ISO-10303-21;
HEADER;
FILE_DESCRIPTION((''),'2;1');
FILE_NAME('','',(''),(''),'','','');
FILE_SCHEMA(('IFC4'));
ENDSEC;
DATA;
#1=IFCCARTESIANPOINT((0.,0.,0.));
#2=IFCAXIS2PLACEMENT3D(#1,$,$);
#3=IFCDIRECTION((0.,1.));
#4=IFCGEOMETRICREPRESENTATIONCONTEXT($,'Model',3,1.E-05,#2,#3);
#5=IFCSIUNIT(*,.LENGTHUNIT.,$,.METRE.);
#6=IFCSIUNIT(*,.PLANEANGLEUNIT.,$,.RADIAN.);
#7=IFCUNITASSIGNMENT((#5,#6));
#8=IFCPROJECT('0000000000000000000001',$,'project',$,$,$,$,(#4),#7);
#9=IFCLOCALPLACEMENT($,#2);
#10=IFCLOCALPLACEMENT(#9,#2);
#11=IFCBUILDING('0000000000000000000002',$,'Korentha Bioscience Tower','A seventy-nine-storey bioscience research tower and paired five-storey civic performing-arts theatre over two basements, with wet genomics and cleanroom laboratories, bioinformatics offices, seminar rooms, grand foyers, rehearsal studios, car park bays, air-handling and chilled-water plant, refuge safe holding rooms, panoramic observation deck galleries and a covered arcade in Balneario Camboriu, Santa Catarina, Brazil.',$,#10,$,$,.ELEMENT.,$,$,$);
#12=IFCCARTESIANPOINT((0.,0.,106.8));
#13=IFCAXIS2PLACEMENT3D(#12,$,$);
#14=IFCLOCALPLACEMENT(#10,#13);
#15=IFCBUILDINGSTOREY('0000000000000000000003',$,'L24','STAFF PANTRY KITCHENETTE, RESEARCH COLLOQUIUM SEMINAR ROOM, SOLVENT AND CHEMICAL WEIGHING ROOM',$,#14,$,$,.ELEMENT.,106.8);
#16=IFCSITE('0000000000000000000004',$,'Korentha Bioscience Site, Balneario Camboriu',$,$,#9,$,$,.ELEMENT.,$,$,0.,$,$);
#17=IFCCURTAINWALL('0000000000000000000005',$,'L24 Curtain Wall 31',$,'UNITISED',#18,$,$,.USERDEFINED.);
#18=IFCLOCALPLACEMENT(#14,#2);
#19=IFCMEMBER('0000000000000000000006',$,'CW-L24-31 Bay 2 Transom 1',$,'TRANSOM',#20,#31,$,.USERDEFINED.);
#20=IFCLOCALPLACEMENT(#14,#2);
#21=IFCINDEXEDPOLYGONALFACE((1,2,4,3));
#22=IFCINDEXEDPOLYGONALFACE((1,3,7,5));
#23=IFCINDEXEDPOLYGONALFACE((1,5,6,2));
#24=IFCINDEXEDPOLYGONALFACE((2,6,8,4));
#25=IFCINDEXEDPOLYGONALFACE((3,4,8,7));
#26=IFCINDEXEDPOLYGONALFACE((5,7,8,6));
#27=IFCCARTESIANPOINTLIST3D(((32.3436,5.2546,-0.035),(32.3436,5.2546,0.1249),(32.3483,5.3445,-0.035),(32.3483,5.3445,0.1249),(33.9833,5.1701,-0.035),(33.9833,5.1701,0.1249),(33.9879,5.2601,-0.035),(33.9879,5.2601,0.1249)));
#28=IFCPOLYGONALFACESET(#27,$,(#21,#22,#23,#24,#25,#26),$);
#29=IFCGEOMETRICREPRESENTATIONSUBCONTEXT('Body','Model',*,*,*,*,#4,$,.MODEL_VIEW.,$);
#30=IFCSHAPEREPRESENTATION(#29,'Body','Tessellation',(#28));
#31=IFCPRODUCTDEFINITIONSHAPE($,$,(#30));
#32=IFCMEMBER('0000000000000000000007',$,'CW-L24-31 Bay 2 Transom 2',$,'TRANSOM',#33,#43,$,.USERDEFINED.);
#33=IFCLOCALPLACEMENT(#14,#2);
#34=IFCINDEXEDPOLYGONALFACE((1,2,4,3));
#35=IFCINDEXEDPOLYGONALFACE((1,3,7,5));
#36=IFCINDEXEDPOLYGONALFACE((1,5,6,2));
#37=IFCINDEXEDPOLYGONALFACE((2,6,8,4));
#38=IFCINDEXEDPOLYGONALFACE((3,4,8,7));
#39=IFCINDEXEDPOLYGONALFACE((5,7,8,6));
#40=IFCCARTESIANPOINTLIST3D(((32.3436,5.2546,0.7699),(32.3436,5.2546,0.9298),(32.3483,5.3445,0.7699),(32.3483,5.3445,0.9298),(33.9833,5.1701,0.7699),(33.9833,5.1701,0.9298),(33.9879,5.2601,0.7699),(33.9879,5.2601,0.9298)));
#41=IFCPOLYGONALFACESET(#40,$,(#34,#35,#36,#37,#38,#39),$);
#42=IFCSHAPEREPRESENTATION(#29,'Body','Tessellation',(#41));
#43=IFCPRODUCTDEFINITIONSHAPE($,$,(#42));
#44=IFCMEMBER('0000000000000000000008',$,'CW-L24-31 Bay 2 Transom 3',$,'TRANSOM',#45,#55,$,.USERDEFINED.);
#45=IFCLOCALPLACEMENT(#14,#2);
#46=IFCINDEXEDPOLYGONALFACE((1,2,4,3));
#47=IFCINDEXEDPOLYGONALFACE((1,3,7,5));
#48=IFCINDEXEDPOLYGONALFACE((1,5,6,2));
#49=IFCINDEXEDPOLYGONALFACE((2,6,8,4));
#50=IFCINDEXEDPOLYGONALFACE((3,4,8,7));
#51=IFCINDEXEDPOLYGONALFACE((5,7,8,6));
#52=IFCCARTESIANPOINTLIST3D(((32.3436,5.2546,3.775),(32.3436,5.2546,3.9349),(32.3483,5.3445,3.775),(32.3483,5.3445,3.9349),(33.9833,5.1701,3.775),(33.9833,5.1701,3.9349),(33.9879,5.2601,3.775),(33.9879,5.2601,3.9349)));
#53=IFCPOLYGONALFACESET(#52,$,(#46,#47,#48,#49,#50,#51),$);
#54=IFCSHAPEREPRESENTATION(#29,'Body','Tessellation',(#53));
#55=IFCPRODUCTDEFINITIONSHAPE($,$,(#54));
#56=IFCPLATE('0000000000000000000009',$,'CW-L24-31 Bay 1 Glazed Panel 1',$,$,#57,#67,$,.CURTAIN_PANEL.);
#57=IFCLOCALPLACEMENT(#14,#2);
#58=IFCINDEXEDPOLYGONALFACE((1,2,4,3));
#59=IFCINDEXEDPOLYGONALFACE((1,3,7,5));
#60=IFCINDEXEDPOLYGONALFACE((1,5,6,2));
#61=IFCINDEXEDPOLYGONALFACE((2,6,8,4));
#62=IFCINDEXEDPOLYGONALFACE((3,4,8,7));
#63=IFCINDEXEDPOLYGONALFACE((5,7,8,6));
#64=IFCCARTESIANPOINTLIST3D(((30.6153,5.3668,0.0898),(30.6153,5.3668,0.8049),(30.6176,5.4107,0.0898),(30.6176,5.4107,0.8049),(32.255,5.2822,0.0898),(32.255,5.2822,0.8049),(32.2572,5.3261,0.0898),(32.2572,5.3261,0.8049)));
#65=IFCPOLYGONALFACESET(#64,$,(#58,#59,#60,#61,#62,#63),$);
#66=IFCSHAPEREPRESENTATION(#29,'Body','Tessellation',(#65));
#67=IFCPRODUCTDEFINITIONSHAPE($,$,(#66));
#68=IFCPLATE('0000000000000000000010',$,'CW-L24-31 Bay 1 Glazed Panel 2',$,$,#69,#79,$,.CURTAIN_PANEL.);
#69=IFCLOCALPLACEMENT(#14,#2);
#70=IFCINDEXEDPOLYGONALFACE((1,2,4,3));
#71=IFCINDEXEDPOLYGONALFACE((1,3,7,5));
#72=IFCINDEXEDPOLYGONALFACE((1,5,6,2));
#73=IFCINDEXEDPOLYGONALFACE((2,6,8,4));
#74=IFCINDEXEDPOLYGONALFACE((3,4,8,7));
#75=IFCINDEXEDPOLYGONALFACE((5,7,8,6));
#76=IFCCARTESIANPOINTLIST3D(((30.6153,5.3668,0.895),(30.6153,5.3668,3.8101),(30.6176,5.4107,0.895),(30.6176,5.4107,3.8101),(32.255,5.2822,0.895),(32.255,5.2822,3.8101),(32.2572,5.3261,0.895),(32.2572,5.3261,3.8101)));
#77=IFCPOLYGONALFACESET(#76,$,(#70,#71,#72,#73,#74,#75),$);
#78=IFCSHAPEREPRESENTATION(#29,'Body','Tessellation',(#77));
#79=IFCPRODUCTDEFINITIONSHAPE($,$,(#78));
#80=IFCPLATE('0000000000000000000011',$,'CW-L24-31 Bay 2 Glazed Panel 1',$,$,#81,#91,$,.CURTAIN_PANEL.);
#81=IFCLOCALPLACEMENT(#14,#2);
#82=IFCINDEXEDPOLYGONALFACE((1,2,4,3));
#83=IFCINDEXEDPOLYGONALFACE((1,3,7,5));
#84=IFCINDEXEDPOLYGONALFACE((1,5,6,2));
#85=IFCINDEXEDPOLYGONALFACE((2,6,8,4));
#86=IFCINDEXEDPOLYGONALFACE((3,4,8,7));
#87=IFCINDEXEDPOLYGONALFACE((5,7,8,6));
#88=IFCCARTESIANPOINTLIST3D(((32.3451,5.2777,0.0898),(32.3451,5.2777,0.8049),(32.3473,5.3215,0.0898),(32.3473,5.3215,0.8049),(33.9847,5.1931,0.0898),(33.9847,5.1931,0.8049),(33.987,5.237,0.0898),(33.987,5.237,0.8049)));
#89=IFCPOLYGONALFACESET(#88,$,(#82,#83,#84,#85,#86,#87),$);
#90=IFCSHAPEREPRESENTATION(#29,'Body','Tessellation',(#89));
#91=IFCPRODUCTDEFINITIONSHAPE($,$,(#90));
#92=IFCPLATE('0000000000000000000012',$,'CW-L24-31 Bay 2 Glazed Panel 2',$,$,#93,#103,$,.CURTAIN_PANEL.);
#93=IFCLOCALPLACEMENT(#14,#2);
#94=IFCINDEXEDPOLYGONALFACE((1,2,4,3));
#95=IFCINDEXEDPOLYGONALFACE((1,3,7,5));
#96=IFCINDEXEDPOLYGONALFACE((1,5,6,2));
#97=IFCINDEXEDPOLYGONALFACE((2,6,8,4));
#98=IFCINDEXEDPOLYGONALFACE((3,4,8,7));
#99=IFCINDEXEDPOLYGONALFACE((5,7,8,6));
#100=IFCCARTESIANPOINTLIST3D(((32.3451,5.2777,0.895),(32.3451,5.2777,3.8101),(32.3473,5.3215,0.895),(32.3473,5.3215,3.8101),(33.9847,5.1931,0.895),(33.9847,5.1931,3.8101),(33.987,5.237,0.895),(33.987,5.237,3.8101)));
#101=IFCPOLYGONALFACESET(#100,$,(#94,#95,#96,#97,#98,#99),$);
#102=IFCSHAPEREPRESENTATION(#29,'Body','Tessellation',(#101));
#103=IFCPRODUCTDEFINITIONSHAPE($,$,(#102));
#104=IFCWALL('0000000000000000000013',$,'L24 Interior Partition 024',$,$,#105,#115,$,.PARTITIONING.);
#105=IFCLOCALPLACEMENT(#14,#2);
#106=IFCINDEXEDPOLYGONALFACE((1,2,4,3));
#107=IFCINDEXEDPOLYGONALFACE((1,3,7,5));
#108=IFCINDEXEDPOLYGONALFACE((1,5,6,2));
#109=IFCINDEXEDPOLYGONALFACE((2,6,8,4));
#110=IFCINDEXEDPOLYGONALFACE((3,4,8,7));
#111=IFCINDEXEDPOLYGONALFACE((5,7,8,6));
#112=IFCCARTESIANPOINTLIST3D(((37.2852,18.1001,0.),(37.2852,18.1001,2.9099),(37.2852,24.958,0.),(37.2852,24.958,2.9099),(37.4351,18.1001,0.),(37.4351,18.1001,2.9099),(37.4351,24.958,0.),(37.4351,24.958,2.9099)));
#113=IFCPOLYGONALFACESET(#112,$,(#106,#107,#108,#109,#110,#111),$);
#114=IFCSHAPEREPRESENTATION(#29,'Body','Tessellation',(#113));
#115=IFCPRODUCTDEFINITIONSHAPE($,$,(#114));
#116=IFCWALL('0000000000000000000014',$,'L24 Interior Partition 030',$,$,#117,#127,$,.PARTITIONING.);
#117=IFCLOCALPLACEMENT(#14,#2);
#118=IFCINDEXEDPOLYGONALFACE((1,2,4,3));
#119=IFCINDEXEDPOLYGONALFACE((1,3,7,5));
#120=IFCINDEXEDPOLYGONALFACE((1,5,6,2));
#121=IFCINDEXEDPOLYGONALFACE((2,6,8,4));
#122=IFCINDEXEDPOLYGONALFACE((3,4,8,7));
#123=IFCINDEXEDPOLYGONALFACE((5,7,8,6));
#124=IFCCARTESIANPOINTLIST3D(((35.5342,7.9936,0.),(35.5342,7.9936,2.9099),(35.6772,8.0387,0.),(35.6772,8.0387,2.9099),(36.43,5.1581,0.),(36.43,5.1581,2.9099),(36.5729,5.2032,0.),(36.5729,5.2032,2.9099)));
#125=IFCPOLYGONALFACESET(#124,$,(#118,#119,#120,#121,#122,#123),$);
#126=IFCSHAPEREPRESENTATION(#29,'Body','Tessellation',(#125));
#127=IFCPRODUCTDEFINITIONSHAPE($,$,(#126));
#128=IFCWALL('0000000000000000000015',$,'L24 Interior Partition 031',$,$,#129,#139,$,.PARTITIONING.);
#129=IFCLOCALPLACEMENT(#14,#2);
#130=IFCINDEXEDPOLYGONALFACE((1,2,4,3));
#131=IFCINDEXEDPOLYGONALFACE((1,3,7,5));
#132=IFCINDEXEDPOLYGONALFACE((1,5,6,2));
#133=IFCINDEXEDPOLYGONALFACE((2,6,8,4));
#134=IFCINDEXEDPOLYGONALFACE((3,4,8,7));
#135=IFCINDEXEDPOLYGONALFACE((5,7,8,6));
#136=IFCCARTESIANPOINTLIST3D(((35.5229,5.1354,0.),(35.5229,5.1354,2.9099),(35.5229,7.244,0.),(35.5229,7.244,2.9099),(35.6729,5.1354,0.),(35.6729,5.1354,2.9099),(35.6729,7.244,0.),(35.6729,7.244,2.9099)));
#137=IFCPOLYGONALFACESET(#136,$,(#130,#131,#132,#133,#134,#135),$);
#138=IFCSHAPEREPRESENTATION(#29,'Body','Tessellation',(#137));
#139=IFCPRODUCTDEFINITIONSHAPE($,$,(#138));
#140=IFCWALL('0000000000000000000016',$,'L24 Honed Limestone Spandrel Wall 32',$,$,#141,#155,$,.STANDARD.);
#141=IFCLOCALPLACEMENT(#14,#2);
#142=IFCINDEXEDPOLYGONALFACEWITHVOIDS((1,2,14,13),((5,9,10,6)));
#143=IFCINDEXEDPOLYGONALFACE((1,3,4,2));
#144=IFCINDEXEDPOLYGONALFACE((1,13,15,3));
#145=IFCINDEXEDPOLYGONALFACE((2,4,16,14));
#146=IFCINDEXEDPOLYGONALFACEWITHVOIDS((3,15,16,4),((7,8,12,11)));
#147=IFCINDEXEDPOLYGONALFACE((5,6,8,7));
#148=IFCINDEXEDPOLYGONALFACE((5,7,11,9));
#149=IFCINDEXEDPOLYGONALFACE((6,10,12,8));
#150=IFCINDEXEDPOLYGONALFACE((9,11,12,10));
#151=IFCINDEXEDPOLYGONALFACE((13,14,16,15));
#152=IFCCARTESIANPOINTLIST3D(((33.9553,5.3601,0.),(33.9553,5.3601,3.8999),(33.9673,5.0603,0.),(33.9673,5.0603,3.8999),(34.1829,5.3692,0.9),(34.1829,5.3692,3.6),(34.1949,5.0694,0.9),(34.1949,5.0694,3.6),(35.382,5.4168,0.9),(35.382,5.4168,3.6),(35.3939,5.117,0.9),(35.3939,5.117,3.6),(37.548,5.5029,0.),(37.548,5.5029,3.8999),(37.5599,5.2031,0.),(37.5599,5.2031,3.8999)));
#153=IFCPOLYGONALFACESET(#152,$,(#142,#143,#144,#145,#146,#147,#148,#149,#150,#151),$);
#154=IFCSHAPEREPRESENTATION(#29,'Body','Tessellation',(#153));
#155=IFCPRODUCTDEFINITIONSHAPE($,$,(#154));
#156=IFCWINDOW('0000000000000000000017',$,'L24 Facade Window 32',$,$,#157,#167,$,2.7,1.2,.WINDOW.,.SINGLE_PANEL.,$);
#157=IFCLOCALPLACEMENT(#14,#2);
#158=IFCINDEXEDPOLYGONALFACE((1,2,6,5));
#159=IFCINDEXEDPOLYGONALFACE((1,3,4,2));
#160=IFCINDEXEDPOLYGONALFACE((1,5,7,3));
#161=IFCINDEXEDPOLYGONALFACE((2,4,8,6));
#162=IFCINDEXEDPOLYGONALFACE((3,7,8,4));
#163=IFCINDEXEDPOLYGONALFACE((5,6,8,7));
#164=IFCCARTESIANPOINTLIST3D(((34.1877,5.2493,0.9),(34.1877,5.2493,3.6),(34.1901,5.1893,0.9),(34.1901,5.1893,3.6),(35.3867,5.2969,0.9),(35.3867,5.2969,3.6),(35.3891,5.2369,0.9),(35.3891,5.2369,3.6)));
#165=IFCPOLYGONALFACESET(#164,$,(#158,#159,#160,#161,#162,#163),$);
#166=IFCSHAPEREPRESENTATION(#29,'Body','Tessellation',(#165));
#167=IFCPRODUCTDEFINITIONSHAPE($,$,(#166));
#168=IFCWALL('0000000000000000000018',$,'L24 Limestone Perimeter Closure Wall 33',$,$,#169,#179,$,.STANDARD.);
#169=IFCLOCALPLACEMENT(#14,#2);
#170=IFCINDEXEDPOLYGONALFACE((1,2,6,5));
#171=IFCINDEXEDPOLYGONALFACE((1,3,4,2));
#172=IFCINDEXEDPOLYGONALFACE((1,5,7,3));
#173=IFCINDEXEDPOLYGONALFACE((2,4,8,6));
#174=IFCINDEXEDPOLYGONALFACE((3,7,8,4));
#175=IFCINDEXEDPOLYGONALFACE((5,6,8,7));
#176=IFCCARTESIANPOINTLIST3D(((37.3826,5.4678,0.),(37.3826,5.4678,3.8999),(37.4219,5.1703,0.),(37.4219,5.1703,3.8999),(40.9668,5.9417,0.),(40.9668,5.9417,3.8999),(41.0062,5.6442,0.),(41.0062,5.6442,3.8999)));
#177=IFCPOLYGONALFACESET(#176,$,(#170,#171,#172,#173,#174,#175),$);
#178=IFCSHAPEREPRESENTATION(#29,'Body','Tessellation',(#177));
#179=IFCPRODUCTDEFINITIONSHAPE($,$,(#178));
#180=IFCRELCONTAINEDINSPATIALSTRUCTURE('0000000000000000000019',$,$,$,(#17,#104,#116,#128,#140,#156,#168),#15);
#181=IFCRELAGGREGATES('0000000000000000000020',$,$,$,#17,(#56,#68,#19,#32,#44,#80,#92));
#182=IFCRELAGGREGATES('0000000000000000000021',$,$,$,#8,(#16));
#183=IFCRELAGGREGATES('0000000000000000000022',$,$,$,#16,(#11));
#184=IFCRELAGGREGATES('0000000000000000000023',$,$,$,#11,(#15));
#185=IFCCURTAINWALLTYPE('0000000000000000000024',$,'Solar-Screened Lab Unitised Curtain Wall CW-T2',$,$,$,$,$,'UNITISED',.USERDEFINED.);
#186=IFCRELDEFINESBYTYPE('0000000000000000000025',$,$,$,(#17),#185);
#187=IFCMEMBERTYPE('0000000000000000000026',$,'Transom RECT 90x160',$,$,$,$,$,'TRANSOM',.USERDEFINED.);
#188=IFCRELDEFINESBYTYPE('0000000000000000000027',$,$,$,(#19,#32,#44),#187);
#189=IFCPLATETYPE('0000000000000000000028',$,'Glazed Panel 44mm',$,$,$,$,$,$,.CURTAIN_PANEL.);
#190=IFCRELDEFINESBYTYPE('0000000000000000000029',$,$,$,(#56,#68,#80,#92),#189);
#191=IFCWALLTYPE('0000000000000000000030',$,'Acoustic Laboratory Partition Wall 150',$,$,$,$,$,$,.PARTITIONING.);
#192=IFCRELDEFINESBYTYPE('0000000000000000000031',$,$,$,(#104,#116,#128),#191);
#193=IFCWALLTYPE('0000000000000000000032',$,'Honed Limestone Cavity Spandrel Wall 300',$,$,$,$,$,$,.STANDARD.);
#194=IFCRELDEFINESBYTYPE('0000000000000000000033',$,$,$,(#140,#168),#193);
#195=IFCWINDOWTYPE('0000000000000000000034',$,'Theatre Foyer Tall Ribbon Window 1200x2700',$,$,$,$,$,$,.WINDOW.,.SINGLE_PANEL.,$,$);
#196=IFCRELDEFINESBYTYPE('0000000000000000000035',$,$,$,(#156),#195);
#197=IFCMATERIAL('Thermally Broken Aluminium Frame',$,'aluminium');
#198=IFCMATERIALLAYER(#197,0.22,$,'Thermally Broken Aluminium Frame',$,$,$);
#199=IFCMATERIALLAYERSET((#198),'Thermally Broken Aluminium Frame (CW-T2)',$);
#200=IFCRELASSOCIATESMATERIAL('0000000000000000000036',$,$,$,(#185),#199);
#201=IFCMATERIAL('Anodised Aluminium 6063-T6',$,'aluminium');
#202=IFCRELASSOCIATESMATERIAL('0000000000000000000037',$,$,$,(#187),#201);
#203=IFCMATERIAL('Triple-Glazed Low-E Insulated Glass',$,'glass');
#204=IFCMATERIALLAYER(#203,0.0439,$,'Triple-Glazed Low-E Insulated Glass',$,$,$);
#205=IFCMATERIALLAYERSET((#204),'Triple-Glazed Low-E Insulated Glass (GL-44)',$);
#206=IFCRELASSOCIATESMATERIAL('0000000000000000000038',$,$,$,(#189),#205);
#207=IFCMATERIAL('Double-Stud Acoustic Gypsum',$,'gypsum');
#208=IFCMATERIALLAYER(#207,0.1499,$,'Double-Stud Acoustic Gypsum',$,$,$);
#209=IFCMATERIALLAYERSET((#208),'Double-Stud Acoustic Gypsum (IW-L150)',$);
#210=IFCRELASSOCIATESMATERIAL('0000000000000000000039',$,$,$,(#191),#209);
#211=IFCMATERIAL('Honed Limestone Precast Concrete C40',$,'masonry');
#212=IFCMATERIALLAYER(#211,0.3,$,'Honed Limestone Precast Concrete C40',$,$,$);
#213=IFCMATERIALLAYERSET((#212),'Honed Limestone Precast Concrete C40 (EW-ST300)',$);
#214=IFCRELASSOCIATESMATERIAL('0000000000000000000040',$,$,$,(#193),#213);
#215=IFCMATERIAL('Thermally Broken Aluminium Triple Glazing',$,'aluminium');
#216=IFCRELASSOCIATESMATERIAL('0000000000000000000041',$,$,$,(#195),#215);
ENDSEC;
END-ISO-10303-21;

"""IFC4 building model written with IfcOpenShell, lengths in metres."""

from ifc_helpers import new_model, si_unit, direction, frame, frame_2d, origin, origin_2d, place, context, subcontext, project, spatial, rectangle, extrude, material, layer, layer_set, material_profile, profile_set, type_object, element, fill, aggregate, save


model = new_model("IFC4")

# Units and contexts
model_context = context("Model", 3, precision=1e-05, world=origin(), true_north=direction((0.0, 1.0)))
body_context = subcontext(model_context, "Body", "Model", "MODEL_VIEW")
ifc_project = project(units=[si_unit("LENGTHUNIT", "METRE"), si_unit("PLANEANGLEUNIT", "RADIAN")], contexts=[model_context])

# Site, building, storey
site_placement = place(None, origin())
site = spatial("IfcSite", under=ifc_project, at=site_placement, Name="Korentha Bioscience Site, Balneario Camboriu", CompositionType="ELEMENT", RefElevation=0.0)
building_placement = place(site_placement, origin())
building = spatial("IfcBuilding", under=site, at=building_placement, Name="Korentha Bioscience Tower", Description="A seventy-nine-storey bioscience research tower and paired five-storey civic performing-arts theatre over two basements, with wet genomics and cleanroom laboratories, bioinformatics offices, seminar rooms, grand foyers, rehearsal studios, car park bays, air-handling and chilled-water plant, refuge safe holding rooms, panoramic observation deck galleries and a covered arcade in Balneario Camboriu, Santa Catarina, Brazil.", CompositionType="ELEMENT")
storey_placement = place(building_placement, frame((0.0, 0.0, 106.8)))
storey = spatial("IfcBuildingStorey", under=building, at=storey_placement, Name="L24", Description="STAFF PANTRY KITCHENETTE, RESEARCH COLLOQUIUM SEMINAR ROOM, SOLVENT AND CHEMICAL WEIGHING ROOM", CompositionType="ELEMENT", Elevation=106.8)

# Curtain wall
ifc_material_1 = material(Name="Thermally Broken Aluminium Frame", Category="aluminium")
ifc_layer_1 = layer(ifc_material_1, 0.22, Name="Thermally Broken Aluminium Frame")
ifc_layer_set_1 = layer_set([ifc_layer_1], Name="Thermally Broken Aluminium Frame (CW-T2)")
curtain_wall_type = type_object("IfcCurtainWallType", Name="Solar-Screened Lab Unitised Curtain Wall CW-T2", ElementType="UNITISED", PredefinedType="USERDEFINED", material=ifc_layer_set_1)
curtain_wall_placement = place(storey_placement, origin())
curtain_wall = element("IfcCurtainWall", 1, at=curtain_wall_placement, inside=storey, type_object=curtain_wall_type, Name="L24 Curtain Wall 31", ObjectType="UNITISED", PredefinedType="USERDEFINED")
ifc_material_2 = material(Name="Anodised Aluminium 6063-T6", Category="aluminium")

# Members
ifc_material_profile_1 = material_profile(ifc_material_2, rectangle(XDim=0.0901, YDim=0.1599, at=origin_2d()), Name="Anodised Aluminium 6063-T6")
ifc_profile_set_1 = profile_set([ifc_material_profile_1], Name="Anodised Aluminium 6063-T6 (CW-TRN)")
member_type_1 = type_object("IfcMemberType", Name="Transom RECT 90x160", ElementType="TRANSOM", PredefinedType="USERDEFINED", material=ifc_profile_set_1)
member_1_placement = place(storey_placement, frame((32.3459, 5.2996, 0.0449), z_axis=(0.998676, -0.051451, 0.0), x_axis=(0.051451, 0.998676, 0.0)))
member_1 = element("IfcMember", 2, at=member_1_placement, type_object=member_type_1, Name="CW-L24-31 Bay 2 Transom 1", ObjectType="TRANSOM", PredefinedType="USERDEFINED", context=body_context, shape_type="SweptSolid", body=[
    extrude(rectangle(XDim=0.0901, YDim=0.1599, at=origin_2d()), origin(), (0.0, 0.0, 1.0), 1.6418),
])
member_2_placement = place(storey_placement, frame((32.3459, 5.2996, 0.8499), z_axis=(0.998676, -0.051451, 0.0), x_axis=(0.051451, 0.998676, 0.0)))
member_2 = element("IfcMember", 3, at=member_2_placement, type_object=member_type_1, Name="CW-L24-31 Bay 2 Transom 2", ObjectType="TRANSOM", PredefinedType="USERDEFINED", context=body_context, shape_type="SweptSolid", body=[
    extrude(rectangle(XDim=0.0901, YDim=0.1599, at=origin_2d()), origin(), (0.0, 0.0, 1.0), 1.6418),
])
member_3_placement = place(storey_placement, frame((32.3459, 5.2996, 3.855), z_axis=(0.998676, -0.051451, 0.0), x_axis=(0.051451, 0.998676, 0.0)))
member_3 = element("IfcMember", 4, at=member_3_placement, type_object=member_type_1, Name="CW-L24-31 Bay 2 Transom 3", ObjectType="TRANSOM", PredefinedType="USERDEFINED", context=body_context, shape_type="SweptSolid", body=[
    extrude(rectangle(XDim=0.0901, YDim=0.1599, at=origin_2d()), origin(), (0.0, 0.0, 1.0), 1.6418),
])

# Plates
ifc_material_3 = material(Name="Triple-Glazed Low-E Insulated Glass", Category="glass")
ifc_layer_2 = layer(ifc_material_3, 0.0439, Name="Triple-Glazed Low-E Insulated Glass")
ifc_layer_set_2 = layer_set([ifc_layer_2], Name="Triple-Glazed Low-E Insulated Glass (GL-44)")
plate_type = type_object("IfcPlateType", Name="Glazed Panel 44mm", PredefinedType="CURTAIN_PANEL", material=ifc_layer_set_2)
plate_1_placement = place(storey_placement, frame((31.4363, 5.3464, 0.0898), z_axis=(0.0, 0.0, 1.0), x_axis=(0.998673, -0.051495, 0.0)))
plate_1 = element("IfcPlate", 5, at=plate_1_placement, type_object=plate_type, Name="CW-L24-31 Bay 1 Glazed Panel 1", PredefinedType="CURTAIN_PANEL", context=body_context, shape_type="SweptSolid", body=[
    extrude(rectangle(XDim=1.6418, YDim=0.0439, at=origin_2d()), origin(), (0.0, 0.0, 1.0), 0.7151),
])
plate_2_placement = place(storey_placement, frame((31.4363, 5.3464, 0.895), z_axis=(0.0, 0.0, 1.0), x_axis=(0.998673, -0.051495, 0.0)))
plate_2 = element("IfcPlate", 6, at=plate_2_placement, type_object=plate_type, Name="CW-L24-31 Bay 1 Glazed Panel 2", PredefinedType="CURTAIN_PANEL", context=body_context, shape_type="SweptSolid", body=[
    extrude(rectangle(XDim=1.6418, YDim=0.0439, at=origin_2d()), origin(), (0.0, 0.0, 1.0), 2.915),
])
plate_3_placement = place(storey_placement, frame((33.166, 5.2573, 0.0898), z_axis=(0.0, 0.0, 1.0), x_axis=(0.998673, -0.051495, 0.0)))
plate_3 = element("IfcPlate", 7, at=plate_3_placement, type_object=plate_type, Name="CW-L24-31 Bay 2 Glazed Panel 1", PredefinedType="CURTAIN_PANEL", context=body_context, shape_type="SweptSolid", body=[
    extrude(rectangle(XDim=1.6418, YDim=0.0439, at=origin_2d()), origin(), (0.0, 0.0, 1.0), 0.7151),
])
plate_4_placement = place(storey_placement, frame((33.166, 5.2573, 0.895), z_axis=(0.0, 0.0, 1.0), x_axis=(0.998673, -0.051495, 0.0)))
plate_4 = element("IfcPlate", 8, at=plate_4_placement, type_object=plate_type, Name="CW-L24-31 Bay 2 Glazed Panel 2", PredefinedType="CURTAIN_PANEL", context=body_context, shape_type="SweptSolid", body=[
    extrude(rectangle(XDim=1.6418, YDim=0.0439, at=origin_2d()), origin(), (0.0, 0.0, 1.0), 2.915),
])
aggregate(curtain_wall, [plate_1, plate_2, member_1, member_2, member_3, plate_3, plate_4])

# Walls
ifc_material_4 = material(Name="Double-Stud Acoustic Gypsum", Category="gypsum")
ifc_layer_3 = layer(ifc_material_4, 0.1499, Name="Double-Stud Acoustic Gypsum")
ifc_layer_set_3 = layer_set([ifc_layer_3], Name="Double-Stud Acoustic Gypsum (IW-L150)")
wall_type_1 = type_object("IfcWallType", Name="Acoustic Laboratory Partition Wall 150", PredefinedType="PARTITIONING", material=ifc_layer_set_3)
wall_1_placement = place(storey_placement, frame((37.3601, 18.1001, 0.0), z_axis=(0.0, 0.0, 1.0), x_axis=(0.0, 1.0, 0.0)))
element("IfcWall", 9, at=wall_1_placement, inside=storey, type_object=wall_type_1, Name="L24 Interior Partition 024", PredefinedType="PARTITIONING", context=body_context, shape_type="SweptSolid", body=[
    extrude(rectangle(XDim=6.8579, YDim=0.1499, at=frame_2d((3.429, 0.0))), origin(), (0.0, 0.0, 1.0), 2.9099),
])
wall_2_placement = place(storey_placement, frame((36.5015, 5.1807, 0.0), z_axis=(0.0, 0.0, 1.0), x_axis=(-0.301237, 0.953549, 0.0)))
element("IfcWall", 10, at=wall_2_placement, inside=storey, type_object=wall_type_1, Name="L24 Interior Partition 030", PredefinedType="PARTITIONING", context=body_context, shape_type="SweptSolid", body=[
    extrude(rectangle(XDim=2.9736, YDim=0.1499, at=frame_2d((1.4868, 0.0))), origin(), (0.0, 0.0, 1.0), 2.9099),
])
wall_3_placement = place(storey_placement, frame((35.5979, 7.2439, 0.0), z_axis=(0.0, 0.0, 1.0), x_axis=(0.0, -1.0, 0.0)))
element("IfcWall", 11, at=wall_3_placement, inside=storey, type_object=wall_type_1, Name="L24 Interior Partition 031", PredefinedType="PARTITIONING", context=body_context, shape_type="SweptSolid", body=[
    extrude(rectangle(XDim=2.1086, YDim=0.1499, at=frame_2d((1.0542, 0.0))), origin(), (0.0, 0.0, 1.0), 2.9099),
])

# Wall, opening, window
ifc_material_5 = material(Name="Honed Limestone Precast Concrete C40", Category="masonry")
ifc_layer_4 = layer(ifc_material_5, 0.3, Name="Honed Limestone Precast Concrete C40")
ifc_layer_set_4 = layer_set([ifc_layer_4], Name="Honed Limestone Precast Concrete C40 (EW-ST300)")
wall_type_2 = type_object("IfcWallType", Name="Honed Limestone Cavity Spandrel Wall 300", PredefinedType="STANDARD", material=ifc_layer_set_4)
wall_4_placement = place(storey_placement, frame((33.9612, 5.2102, 0.0), z_axis=(0.0, 0.0, 1.0), x_axis=(0.999211, 0.039724, 0.0)))
wall_4 = element("IfcWall", 12, at=wall_4_placement, inside=storey, type_object=wall_type_2, Name="L24 Honed Limestone Spandrel Wall 32", PredefinedType="STANDARD", context=body_context, shape_type="SweptSolid", body=[
    extrude(rectangle(XDim=3.5955, YDim=0.3, at=frame_2d((1.7979, 0.0))), origin(), (0.0, 0.0, 1.0), 3.8999),
])
opening_placement = place(wall_4_placement, frame((0.2278, 0.0, 0.8999)))
opening = element("IfcOpeningElement", 13, at=opening_placement, cuts=wall_4, PredefinedType="OPENING", context=body_context, shape_type="SweptSolid", body=[
    extrude(rectangle(XDim=1.2, YDim=2.7, at=frame_2d((0.6001, 1.3501))), frame((0.0, 0.165, 0.0), z_axis=(0.0, -1.0, 0.0), x_axis=(1.0, 0.0, 0.0)), (0.0, 0.0, 1.0), 0.3298),
])
ifc_material_6 = material(Name="Thermally Broken Aluminium Triple Glazing", Category="aluminium")
window_type = type_object("IfcWindowType", Name="Theatre Foyer Tall Ribbon Window 1200x2700", PartitioningType="SINGLE_PANEL", PredefinedType="WINDOW", material=ifc_material_6)
window_placement = place(opening_placement, origin())
window = element("IfcWindow", 14, at=window_placement, inside=storey, type_object=window_type, Name="L24 Facade Window 32", OverallHeight=2.7, OverallWidth=1.2, PartitioningType="SINGLE_PANEL", PredefinedType="WINDOW", context=body_context, shape_type="SweptSolid", body=[
    extrude(rectangle(XDim=1.2, YDim=2.7, at=frame_2d((0.6001, 1.3501))), frame((0.0, 0.03, 0.0), z_axis=(0.0, -1.0, 0.0), x_axis=(1.0, 0.0, 0.0)), (0.0, 0.0, 1.0), 0.0601),
])
fill(opening, window)

# Wall
wall_5_placement = place(storey_placement, frame((37.4023, 5.3191, 0.0), z_axis=(0.0, 0.0, 1.0), x_axis=(0.991373, 0.131071, 0.0)))
element("IfcWall", 15, at=wall_5_placement, inside=storey, type_object=wall_type_2, Name="L24 Limestone Perimeter Closure Wall 33", PredefinedType="STANDARD", context=body_context, shape_type="SweptSolid", body=[
    extrude(rectangle(XDim=3.6155, YDim=0.3, at=frame_2d((1.8076, 0.0))), origin(), (0.0, 0.0, 1.0), 3.8999),
])

save(model, "model.ifc")
